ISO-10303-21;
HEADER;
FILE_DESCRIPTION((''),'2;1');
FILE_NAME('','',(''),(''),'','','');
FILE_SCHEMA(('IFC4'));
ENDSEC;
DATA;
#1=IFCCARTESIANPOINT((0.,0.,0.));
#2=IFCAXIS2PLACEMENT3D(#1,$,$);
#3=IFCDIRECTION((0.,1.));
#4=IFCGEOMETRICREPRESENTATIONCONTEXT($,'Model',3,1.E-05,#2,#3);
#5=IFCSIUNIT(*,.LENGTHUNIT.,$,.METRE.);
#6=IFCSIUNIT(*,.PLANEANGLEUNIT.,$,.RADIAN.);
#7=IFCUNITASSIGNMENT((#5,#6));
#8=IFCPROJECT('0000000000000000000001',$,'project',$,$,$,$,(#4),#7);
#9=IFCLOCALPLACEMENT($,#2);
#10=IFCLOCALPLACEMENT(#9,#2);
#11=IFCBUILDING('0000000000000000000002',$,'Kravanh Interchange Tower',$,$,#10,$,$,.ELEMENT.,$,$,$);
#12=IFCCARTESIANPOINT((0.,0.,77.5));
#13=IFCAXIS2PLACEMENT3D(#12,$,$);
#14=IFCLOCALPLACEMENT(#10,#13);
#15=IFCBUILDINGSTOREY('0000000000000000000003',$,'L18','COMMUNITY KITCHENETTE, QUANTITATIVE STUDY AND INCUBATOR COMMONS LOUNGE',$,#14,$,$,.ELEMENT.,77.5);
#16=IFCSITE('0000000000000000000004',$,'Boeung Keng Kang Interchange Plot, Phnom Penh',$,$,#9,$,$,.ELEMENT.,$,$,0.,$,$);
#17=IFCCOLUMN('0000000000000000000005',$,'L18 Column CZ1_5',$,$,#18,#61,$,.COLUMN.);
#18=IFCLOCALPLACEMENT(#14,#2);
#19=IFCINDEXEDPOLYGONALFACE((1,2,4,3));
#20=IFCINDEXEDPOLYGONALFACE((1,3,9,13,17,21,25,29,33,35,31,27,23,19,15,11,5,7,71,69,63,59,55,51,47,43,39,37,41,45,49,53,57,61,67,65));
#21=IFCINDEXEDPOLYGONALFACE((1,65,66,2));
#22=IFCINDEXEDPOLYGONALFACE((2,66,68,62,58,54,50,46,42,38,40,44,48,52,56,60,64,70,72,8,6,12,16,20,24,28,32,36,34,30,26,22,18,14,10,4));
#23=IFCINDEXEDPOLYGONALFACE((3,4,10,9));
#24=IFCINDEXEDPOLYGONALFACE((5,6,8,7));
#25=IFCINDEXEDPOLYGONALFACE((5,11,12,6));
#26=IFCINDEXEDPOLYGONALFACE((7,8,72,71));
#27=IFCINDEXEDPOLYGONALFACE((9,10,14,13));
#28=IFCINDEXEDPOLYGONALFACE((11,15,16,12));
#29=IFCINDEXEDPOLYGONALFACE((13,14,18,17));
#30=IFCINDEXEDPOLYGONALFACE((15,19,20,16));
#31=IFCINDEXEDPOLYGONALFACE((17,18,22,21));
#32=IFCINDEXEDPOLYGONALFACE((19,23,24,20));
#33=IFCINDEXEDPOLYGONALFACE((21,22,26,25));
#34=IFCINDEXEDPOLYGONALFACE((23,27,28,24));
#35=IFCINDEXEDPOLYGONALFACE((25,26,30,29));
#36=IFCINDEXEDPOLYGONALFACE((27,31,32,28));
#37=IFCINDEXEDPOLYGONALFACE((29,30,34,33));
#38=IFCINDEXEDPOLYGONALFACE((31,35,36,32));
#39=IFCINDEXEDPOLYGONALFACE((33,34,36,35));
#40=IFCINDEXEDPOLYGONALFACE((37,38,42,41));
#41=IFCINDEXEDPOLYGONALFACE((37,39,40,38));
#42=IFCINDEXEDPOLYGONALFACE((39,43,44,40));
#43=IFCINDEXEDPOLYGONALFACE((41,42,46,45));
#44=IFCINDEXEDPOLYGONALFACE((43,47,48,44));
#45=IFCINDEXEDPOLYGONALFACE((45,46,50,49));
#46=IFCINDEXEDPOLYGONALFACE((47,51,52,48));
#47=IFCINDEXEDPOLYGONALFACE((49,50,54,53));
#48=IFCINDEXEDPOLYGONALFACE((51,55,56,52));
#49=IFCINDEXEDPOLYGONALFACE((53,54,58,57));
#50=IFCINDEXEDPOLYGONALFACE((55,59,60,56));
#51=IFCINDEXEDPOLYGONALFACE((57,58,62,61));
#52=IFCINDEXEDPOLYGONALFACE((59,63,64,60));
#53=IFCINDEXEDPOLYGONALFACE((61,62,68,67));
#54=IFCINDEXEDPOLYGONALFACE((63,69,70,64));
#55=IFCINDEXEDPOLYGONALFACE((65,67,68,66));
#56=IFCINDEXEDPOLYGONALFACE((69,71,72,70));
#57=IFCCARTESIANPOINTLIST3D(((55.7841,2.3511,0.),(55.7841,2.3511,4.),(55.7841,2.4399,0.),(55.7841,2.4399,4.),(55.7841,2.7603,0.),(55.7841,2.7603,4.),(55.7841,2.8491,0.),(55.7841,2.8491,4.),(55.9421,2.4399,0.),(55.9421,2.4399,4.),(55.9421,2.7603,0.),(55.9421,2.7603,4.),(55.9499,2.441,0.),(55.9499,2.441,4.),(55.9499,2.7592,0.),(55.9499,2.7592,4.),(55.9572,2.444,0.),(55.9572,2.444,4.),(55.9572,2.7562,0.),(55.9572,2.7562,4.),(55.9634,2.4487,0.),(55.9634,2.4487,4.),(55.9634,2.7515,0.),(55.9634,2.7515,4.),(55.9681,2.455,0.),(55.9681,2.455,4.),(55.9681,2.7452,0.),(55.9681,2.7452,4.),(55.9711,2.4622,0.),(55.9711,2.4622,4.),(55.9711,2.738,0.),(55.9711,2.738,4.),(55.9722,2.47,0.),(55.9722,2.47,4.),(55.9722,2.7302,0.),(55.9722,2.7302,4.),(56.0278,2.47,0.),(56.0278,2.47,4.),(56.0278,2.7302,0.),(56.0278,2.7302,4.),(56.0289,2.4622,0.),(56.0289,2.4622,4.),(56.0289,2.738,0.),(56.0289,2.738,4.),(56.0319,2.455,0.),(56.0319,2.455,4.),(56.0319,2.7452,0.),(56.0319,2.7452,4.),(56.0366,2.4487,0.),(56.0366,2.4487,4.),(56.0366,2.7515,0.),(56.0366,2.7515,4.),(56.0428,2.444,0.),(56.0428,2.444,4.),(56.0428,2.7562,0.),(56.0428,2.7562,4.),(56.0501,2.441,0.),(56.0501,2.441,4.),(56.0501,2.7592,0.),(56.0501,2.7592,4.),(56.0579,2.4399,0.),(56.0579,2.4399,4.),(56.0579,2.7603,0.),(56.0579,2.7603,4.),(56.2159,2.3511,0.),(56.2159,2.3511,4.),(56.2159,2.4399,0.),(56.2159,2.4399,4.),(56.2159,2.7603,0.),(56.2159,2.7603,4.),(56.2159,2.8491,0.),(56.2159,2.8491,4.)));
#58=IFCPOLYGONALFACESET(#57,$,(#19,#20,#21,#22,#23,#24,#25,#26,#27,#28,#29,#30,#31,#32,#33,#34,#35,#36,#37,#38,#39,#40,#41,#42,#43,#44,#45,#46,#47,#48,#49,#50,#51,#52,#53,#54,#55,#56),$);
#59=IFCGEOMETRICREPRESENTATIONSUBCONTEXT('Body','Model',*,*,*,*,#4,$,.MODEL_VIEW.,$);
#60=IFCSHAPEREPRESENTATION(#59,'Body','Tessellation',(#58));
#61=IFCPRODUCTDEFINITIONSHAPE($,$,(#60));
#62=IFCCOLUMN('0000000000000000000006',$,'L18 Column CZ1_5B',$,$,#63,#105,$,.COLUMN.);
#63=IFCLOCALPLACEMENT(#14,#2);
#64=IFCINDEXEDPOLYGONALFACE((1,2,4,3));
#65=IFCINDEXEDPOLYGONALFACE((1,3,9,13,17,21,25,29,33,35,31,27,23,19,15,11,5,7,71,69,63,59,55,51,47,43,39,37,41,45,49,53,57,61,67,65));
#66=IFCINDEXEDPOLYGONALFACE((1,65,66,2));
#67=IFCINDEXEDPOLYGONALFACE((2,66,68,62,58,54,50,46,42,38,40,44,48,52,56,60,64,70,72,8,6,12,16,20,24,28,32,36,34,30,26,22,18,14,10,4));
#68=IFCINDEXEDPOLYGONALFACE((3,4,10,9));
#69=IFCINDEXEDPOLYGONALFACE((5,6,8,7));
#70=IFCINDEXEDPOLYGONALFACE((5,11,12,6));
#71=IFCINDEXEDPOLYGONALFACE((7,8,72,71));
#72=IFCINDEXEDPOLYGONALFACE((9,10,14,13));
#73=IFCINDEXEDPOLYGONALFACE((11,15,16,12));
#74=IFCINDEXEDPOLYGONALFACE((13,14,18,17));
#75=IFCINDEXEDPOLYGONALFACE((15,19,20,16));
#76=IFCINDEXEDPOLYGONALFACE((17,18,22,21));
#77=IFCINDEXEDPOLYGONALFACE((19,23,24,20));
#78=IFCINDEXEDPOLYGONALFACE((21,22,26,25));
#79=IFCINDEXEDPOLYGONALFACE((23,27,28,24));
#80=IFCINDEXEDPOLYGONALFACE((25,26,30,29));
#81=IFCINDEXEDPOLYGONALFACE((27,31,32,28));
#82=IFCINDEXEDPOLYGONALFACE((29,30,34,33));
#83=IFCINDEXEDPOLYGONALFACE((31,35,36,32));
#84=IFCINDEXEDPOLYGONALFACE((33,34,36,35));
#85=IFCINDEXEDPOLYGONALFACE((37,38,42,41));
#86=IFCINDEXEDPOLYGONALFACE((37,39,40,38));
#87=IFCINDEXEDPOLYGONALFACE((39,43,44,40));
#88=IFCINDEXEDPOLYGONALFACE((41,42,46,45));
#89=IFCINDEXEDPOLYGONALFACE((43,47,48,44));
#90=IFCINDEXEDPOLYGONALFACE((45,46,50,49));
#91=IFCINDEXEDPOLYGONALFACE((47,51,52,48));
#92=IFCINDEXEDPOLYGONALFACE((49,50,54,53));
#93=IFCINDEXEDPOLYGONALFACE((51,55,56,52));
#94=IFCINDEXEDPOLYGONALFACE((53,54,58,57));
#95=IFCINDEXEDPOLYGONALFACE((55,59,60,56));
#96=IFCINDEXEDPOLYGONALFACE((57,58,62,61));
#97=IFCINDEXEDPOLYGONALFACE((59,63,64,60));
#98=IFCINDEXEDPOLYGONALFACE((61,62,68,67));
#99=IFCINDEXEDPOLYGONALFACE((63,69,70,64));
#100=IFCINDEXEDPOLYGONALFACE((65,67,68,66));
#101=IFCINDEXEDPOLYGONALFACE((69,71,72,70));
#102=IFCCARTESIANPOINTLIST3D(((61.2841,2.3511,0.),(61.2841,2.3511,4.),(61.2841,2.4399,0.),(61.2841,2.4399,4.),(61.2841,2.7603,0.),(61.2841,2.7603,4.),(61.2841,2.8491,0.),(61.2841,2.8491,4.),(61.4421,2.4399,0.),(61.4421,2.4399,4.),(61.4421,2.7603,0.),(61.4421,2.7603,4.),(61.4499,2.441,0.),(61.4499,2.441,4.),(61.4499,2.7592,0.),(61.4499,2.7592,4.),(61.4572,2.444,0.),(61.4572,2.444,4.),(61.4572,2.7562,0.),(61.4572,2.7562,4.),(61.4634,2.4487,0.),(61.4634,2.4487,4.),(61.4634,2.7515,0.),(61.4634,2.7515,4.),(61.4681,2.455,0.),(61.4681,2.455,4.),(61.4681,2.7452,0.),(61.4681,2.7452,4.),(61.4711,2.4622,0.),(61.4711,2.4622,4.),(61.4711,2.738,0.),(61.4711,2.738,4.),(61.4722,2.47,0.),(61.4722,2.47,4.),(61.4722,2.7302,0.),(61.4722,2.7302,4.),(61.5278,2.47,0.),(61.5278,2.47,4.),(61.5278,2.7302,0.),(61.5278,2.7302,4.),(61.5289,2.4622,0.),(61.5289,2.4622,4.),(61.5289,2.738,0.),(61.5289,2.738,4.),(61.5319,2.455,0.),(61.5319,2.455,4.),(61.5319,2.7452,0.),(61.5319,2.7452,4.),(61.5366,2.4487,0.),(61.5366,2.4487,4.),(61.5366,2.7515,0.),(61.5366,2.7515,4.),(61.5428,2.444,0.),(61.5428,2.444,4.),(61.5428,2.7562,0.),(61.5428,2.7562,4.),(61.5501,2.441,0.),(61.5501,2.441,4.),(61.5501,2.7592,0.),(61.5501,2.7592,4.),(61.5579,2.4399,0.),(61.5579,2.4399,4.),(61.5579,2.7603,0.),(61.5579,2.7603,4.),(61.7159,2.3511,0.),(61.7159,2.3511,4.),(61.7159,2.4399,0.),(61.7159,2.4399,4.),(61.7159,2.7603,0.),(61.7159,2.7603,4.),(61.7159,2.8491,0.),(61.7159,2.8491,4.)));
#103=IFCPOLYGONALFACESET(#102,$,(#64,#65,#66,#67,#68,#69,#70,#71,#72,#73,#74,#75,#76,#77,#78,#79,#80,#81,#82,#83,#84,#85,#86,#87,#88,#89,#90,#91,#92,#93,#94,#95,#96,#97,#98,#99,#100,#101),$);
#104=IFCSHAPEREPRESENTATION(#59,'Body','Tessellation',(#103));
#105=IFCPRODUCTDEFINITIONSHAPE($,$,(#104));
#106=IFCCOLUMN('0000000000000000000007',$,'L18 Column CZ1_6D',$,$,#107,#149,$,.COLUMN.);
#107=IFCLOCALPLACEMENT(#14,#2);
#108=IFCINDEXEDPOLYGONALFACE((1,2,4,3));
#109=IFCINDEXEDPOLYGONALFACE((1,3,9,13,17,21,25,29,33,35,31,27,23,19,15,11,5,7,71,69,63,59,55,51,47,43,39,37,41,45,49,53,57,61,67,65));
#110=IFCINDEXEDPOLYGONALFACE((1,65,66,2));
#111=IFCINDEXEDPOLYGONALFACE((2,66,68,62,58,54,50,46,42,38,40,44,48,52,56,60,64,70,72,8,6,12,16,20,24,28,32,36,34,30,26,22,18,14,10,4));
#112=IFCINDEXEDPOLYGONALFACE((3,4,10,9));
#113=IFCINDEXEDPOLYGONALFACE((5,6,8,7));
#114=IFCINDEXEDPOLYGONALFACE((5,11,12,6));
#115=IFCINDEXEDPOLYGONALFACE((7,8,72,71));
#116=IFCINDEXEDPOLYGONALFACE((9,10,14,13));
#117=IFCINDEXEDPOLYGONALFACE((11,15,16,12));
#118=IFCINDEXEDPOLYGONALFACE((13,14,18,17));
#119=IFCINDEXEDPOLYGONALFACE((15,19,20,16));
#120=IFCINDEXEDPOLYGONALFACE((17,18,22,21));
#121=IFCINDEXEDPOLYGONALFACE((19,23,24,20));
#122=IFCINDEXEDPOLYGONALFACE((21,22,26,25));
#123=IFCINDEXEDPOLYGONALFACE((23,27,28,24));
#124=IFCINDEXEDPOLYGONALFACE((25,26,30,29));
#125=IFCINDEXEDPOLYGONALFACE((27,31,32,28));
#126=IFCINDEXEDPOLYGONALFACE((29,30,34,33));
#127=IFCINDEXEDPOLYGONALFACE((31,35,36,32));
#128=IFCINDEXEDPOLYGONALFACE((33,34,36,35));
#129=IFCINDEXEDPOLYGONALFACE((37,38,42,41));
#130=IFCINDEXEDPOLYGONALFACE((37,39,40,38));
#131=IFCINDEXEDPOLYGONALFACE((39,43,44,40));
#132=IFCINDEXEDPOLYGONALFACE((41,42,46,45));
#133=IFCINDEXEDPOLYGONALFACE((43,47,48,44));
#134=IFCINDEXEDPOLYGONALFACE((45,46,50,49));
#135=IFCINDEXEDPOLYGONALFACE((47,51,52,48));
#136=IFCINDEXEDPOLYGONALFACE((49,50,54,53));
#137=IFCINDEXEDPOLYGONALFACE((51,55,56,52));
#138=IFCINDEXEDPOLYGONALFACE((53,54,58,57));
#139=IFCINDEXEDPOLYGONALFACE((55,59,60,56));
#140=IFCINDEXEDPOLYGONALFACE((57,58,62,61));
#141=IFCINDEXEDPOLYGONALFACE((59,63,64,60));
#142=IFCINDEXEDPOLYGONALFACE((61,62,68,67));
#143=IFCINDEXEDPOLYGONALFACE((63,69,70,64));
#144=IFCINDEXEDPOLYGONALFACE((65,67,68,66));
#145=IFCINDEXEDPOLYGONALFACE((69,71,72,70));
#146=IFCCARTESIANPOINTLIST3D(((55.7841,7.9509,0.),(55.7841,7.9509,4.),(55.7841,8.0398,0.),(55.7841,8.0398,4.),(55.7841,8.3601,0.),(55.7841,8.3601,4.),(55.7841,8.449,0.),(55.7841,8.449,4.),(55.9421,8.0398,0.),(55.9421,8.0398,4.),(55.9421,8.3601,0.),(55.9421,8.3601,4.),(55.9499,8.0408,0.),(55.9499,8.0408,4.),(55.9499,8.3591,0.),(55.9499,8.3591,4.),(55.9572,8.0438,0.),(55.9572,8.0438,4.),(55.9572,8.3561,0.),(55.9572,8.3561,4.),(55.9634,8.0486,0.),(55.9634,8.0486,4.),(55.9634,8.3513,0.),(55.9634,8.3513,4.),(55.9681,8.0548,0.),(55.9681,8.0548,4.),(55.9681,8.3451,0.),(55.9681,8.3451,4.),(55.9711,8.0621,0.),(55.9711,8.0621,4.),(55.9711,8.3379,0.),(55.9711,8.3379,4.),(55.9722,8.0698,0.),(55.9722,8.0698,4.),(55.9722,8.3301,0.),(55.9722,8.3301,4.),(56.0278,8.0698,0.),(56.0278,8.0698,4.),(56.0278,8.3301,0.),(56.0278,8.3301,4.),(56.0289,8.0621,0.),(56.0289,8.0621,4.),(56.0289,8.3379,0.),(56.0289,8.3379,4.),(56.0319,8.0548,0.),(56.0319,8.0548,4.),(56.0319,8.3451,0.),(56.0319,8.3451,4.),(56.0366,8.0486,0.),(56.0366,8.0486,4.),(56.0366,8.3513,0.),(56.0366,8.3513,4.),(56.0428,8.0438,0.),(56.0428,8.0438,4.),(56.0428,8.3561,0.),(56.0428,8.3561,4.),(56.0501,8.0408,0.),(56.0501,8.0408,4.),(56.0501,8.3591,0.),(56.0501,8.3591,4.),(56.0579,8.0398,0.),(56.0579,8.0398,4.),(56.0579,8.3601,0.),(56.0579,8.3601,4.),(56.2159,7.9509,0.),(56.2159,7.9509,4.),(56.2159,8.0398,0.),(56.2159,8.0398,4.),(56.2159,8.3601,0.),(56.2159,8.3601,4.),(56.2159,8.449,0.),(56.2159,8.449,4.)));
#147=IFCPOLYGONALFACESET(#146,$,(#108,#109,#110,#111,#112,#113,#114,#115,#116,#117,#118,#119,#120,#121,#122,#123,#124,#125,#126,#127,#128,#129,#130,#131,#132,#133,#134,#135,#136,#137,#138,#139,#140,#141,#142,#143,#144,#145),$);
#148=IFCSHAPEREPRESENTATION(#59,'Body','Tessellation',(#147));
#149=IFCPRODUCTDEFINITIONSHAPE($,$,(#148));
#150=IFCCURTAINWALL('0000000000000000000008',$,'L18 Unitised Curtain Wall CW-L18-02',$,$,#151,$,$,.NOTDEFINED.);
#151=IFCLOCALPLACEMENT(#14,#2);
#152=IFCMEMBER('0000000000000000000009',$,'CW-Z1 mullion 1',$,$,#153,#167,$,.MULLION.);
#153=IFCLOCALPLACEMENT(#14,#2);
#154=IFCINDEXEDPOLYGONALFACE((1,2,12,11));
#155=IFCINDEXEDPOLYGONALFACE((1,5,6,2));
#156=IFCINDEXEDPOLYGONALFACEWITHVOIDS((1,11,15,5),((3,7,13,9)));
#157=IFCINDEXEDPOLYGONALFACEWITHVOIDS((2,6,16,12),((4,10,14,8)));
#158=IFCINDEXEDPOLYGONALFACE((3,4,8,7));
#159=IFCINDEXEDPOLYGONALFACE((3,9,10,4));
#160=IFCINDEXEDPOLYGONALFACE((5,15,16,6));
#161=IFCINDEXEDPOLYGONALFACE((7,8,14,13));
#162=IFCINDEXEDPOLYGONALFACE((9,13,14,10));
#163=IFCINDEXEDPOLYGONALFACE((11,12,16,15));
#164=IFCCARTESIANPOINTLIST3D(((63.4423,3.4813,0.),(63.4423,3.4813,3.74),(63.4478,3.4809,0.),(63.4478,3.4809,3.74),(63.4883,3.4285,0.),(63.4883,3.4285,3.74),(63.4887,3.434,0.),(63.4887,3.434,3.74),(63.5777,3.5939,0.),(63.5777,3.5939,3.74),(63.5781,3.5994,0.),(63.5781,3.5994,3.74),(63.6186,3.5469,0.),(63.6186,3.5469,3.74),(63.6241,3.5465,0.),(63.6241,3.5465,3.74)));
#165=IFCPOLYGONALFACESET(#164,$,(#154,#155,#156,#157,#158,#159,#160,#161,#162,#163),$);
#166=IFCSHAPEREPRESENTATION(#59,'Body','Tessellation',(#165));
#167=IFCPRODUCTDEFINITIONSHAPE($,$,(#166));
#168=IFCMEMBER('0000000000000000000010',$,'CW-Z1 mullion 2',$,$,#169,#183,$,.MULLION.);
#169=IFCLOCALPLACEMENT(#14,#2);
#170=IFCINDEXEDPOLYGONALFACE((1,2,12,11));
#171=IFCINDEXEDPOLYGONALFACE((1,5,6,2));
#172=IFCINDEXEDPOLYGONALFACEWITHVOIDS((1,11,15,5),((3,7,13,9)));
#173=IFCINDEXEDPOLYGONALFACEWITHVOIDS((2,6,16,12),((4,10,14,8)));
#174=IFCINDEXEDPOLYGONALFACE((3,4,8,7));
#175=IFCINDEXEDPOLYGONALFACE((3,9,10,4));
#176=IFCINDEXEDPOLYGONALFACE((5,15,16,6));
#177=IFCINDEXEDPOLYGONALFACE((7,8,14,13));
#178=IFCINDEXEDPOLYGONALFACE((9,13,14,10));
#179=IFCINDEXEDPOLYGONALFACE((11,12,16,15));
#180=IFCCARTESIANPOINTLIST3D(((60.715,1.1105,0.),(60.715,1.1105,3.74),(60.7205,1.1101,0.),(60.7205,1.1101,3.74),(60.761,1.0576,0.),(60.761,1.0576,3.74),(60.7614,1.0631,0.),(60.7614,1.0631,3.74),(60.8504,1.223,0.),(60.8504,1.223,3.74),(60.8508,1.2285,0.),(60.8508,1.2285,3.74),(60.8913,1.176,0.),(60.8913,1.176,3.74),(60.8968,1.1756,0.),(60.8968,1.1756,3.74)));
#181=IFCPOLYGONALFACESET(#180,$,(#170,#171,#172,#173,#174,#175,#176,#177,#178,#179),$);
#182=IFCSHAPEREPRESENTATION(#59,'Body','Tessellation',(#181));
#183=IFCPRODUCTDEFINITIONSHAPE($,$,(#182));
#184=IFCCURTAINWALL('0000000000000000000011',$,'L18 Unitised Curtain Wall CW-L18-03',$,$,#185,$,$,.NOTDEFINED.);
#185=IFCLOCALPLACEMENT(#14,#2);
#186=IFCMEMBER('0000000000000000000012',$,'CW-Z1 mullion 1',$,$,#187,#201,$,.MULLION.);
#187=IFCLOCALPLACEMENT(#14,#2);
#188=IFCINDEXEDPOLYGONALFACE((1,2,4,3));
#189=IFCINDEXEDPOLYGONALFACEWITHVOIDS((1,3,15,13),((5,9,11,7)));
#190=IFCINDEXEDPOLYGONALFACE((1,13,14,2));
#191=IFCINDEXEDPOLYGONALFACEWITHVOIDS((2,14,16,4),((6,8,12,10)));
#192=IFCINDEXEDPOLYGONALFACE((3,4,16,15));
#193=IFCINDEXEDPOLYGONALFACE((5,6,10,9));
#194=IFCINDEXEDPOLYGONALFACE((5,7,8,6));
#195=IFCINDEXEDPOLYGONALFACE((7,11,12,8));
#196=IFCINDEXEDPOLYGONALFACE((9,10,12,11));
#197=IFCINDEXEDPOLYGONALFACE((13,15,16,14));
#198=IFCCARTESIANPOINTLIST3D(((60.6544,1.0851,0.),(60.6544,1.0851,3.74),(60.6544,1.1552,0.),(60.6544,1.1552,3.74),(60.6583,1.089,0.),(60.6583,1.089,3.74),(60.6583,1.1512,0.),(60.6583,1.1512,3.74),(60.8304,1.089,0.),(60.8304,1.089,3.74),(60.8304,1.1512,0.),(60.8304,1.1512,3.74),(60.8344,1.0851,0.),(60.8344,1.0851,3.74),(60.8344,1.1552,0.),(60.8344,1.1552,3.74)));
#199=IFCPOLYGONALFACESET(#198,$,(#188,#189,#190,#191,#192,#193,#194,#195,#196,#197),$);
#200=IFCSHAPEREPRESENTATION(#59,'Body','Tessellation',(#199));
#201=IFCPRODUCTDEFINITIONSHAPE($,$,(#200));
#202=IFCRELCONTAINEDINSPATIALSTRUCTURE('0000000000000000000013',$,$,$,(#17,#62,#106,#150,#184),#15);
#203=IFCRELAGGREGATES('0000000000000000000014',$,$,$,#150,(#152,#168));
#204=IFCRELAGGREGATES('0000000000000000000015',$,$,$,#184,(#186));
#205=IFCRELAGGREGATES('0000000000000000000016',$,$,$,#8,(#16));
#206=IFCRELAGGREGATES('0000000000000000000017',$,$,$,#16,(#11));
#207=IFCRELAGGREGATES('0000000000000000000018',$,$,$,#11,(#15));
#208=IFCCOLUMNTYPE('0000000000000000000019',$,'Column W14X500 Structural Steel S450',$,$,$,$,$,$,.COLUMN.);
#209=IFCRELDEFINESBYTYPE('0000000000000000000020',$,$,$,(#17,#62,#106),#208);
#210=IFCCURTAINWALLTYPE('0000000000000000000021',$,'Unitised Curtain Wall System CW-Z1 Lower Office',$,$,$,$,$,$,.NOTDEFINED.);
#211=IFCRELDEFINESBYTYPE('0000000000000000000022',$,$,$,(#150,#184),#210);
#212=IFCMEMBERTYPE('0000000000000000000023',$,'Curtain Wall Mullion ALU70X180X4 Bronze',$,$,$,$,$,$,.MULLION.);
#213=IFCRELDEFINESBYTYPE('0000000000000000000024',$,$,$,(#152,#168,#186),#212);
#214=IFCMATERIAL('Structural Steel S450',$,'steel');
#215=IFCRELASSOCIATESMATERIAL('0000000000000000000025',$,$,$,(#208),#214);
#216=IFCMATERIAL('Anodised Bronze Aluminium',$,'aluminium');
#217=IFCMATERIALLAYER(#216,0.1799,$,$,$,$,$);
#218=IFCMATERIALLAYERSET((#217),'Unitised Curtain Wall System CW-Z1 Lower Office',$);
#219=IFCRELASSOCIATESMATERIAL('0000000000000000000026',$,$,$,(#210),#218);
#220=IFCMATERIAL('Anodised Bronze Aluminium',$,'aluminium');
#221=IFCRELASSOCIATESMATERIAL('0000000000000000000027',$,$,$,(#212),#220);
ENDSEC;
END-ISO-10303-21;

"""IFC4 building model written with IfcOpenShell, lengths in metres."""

from ifc_helpers import new_model, si_unit, direction, frame, origin, origin_2d, place, context, subcontext, project, spatial, hollow_rectangle, i_section, extrude, material, layer, layer_set, material_profile, profile_set, type_object, element, aggregate, save


model = new_model("IFC4")

# Units and contexts
model_context = context("Model", 3, precision=1e-05, world=origin(), true_north=direction((0.0, 1.0)))
body_context = subcontext(model_context, "Body", "Model", "MODEL_VIEW")
ifc_project = project(units=[si_unit("LENGTHUNIT", "METRE"), si_unit("PLANEANGLEUNIT", "RADIAN")], contexts=[model_context])

# Site, building, storey
site_placement = place(None, origin())
site = spatial("IfcSite", under=ifc_project, at=site_placement, Name="Boeung Keng Kang Interchange Plot, Phnom Penh", CompositionType="ELEMENT", RefElevation=0.0)
building_placement = place(site_placement, origin())
building = spatial("IfcBuilding", under=site, at=building_placement, Name="Kravanh Interchange Tower", CompositionType="ELEMENT")
storey_placement = place(building_placement, frame((0.0, 0.0, 77.5)))
storey = spatial("IfcBuildingStorey", under=building, at=storey_placement, Name="L18", Description="COMMUNITY KITCHENETTE, QUANTITATIVE STUDY AND INCUBATOR COMMONS LOUNGE", CompositionType="ELEMENT", Elevation=77.5)

# Columns
ifc_material_1 = material(Name="Structural Steel S450", Category="steel")
ifc_material_profile_1 = material_profile(ifc_material_1, i_section(OverallWidth=0.4319, OverallDepth=0.498, WebThickness=0.0557, FlangeThickness=0.0889, FilletRadius=0.03, at=origin_2d()), Name="W14X500")
ifc_profile_set_1 = profile_set([ifc_material_profile_1], Name="Structural Steel S450")
column_type = type_object("IfcColumnType", Name="Column W14X500 Structural Steel S450", PredefinedType="COLUMN", material=ifc_profile_set_1)
for number, where, z_axis, x_axis, name in (
    (1, (56.0, 2.6001, 0.0), (0.0, 0.0, 1.0), (1.0, 0.0, 0.0), "L18 Column CZ1_5"),
    (2, (61.5, 2.6001, 0.0), (0.0, 0.0, 1.0), (1.0, 0.0, 0.0), "L18 Column CZ1_5B"),
    (3, (56.0, 8.2, 0.0), (0.0, 0.0, 1.0), (1.0, 0.0, 0.0), "L18 Column CZ1_6D"),
):
    element("IfcColumn", number, at=place(storey_placement, frame(where, z_axis=z_axis, x_axis=x_axis)), inside=storey, type_object=column_type, Name=name, PredefinedType="COLUMN", context=body_context, shape_type="SweptSolid", body=[
        extrude(i_section(OverallWidth=0.4319, OverallDepth=0.498, WebThickness=0.0557, FlangeThickness=0.0889, FilletRadius=0.03, at=origin_2d()), origin(), (0.0, 0.0, 1.0), 4.0),
    ])

# Curtain walls, members
ifc_material_2 = material(Name="Anodised Bronze Aluminium", Category="aluminium")
ifc_layer_1 = layer(ifc_material_2, 0.1799)
ifc_layer_set_1 = layer_set([ifc_layer_1], Name="Unitised Curtain Wall System CW-Z1 Lower Office")
curtain_wall_type = type_object("IfcCurtainWallType", Name="Unitised Curtain Wall System CW-Z1 Lower Office", PredefinedType="NOTDEFINED", material=ifc_layer_set_1)
curtain_wall_1_placement = place(storey_placement, origin())
curtain_wall_1 = element("IfcCurtainWall", 4, at=curtain_wall_1_placement, inside=storey, type_object=curtain_wall_type, Name="L18 Unitised Curtain Wall CW-L18-02", PredefinedType="NOTDEFINED")
ifc_material_3 = material(Name="Anodised Bronze Aluminium", Category="aluminium")
ifc_material_profile_2 = material_profile(ifc_material_3, hollow_rectangle(XDim=0.0701, YDim=0.1799, WallThickness=0.0039, at=origin_2d()), Name="ALU70X180X4")
ifc_profile_set_2 = profile_set([ifc_material_profile_2], Name="Anodised Bronze Aluminium")
member_type_1 = type_object("IfcMemberType", Name="Curtain Wall Mullion ALU70X180X4 Bronze", PredefinedType="MULLION", material=ifc_profile_set_2)
member_1_placement = place(storey_placement, frame((63.5332, 3.5139, 0.0), z_axis=(0.0, 0.0, 1.0), x_axis=(0.65606, -0.754708, 0.0)))
member_1 = element("IfcMember", 5, at=member_1_placement, type_object=member_type_1, Name="CW-Z1 mullion 1", PredefinedType="MULLION", context=body_context, shape_type="SweptSolid", body=[
    extrude(hollow_rectangle(XDim=0.0701, YDim=0.1799, WallThickness=0.0039, at=origin_2d()), origin(), (0.0, 0.0, 1.0), 3.74),
])
member_2_placement = place(storey_placement, frame((60.8059, 1.1431, 0.0), z_axis=(0.0, 0.0, 1.0), x_axis=(0.65606, -0.754708, 0.0)))
member_2 = element("IfcMember", 6, at=member_2_placement, type_object=member_type_1, Name="CW-Z1 mullion 2", PredefinedType="MULLION", context=body_context, shape_type="SweptSolid", body=[
    extrude(hollow_rectangle(XDim=0.0701, YDim=0.1799, WallThickness=0.0039, at=origin_2d()), origin(), (0.0, 0.0, 1.0), 3.74),
])
curtain_wall_2_placement = place(storey_placement, origin())
curtain_wall_2 = element("IfcCurtainWall", 7, at=curtain_wall_2_placement, inside=storey, type_object=curtain_wall_type, Name="L18 Unitised Curtain Wall CW-L18-03", PredefinedType="NOTDEFINED")
member_3_placement = place(storey_placement, frame((60.7444, 1.1201, 0.0), z_axis=(0.0, 0.0, 1.0), x_axis=(0.0, -1.0, 0.0)))
member_3 = element("IfcMember", 8, at=member_3_placement, type_object=member_type_1, Name="CW-Z1 mullion 1", PredefinedType="MULLION", context=body_context, shape_type="SweptSolid", body=[
    extrude(hollow_rectangle(XDim=0.0701, YDim=0.1799, WallThickness=0.0039, at=origin_2d()), origin(), (0.0, 0.0, 1.0), 3.74),
])

aggregate(curtain_wall_1, [member_1, member_2])
aggregate(curtain_wall_2, [member_3])

save(model, "model.ifc")
